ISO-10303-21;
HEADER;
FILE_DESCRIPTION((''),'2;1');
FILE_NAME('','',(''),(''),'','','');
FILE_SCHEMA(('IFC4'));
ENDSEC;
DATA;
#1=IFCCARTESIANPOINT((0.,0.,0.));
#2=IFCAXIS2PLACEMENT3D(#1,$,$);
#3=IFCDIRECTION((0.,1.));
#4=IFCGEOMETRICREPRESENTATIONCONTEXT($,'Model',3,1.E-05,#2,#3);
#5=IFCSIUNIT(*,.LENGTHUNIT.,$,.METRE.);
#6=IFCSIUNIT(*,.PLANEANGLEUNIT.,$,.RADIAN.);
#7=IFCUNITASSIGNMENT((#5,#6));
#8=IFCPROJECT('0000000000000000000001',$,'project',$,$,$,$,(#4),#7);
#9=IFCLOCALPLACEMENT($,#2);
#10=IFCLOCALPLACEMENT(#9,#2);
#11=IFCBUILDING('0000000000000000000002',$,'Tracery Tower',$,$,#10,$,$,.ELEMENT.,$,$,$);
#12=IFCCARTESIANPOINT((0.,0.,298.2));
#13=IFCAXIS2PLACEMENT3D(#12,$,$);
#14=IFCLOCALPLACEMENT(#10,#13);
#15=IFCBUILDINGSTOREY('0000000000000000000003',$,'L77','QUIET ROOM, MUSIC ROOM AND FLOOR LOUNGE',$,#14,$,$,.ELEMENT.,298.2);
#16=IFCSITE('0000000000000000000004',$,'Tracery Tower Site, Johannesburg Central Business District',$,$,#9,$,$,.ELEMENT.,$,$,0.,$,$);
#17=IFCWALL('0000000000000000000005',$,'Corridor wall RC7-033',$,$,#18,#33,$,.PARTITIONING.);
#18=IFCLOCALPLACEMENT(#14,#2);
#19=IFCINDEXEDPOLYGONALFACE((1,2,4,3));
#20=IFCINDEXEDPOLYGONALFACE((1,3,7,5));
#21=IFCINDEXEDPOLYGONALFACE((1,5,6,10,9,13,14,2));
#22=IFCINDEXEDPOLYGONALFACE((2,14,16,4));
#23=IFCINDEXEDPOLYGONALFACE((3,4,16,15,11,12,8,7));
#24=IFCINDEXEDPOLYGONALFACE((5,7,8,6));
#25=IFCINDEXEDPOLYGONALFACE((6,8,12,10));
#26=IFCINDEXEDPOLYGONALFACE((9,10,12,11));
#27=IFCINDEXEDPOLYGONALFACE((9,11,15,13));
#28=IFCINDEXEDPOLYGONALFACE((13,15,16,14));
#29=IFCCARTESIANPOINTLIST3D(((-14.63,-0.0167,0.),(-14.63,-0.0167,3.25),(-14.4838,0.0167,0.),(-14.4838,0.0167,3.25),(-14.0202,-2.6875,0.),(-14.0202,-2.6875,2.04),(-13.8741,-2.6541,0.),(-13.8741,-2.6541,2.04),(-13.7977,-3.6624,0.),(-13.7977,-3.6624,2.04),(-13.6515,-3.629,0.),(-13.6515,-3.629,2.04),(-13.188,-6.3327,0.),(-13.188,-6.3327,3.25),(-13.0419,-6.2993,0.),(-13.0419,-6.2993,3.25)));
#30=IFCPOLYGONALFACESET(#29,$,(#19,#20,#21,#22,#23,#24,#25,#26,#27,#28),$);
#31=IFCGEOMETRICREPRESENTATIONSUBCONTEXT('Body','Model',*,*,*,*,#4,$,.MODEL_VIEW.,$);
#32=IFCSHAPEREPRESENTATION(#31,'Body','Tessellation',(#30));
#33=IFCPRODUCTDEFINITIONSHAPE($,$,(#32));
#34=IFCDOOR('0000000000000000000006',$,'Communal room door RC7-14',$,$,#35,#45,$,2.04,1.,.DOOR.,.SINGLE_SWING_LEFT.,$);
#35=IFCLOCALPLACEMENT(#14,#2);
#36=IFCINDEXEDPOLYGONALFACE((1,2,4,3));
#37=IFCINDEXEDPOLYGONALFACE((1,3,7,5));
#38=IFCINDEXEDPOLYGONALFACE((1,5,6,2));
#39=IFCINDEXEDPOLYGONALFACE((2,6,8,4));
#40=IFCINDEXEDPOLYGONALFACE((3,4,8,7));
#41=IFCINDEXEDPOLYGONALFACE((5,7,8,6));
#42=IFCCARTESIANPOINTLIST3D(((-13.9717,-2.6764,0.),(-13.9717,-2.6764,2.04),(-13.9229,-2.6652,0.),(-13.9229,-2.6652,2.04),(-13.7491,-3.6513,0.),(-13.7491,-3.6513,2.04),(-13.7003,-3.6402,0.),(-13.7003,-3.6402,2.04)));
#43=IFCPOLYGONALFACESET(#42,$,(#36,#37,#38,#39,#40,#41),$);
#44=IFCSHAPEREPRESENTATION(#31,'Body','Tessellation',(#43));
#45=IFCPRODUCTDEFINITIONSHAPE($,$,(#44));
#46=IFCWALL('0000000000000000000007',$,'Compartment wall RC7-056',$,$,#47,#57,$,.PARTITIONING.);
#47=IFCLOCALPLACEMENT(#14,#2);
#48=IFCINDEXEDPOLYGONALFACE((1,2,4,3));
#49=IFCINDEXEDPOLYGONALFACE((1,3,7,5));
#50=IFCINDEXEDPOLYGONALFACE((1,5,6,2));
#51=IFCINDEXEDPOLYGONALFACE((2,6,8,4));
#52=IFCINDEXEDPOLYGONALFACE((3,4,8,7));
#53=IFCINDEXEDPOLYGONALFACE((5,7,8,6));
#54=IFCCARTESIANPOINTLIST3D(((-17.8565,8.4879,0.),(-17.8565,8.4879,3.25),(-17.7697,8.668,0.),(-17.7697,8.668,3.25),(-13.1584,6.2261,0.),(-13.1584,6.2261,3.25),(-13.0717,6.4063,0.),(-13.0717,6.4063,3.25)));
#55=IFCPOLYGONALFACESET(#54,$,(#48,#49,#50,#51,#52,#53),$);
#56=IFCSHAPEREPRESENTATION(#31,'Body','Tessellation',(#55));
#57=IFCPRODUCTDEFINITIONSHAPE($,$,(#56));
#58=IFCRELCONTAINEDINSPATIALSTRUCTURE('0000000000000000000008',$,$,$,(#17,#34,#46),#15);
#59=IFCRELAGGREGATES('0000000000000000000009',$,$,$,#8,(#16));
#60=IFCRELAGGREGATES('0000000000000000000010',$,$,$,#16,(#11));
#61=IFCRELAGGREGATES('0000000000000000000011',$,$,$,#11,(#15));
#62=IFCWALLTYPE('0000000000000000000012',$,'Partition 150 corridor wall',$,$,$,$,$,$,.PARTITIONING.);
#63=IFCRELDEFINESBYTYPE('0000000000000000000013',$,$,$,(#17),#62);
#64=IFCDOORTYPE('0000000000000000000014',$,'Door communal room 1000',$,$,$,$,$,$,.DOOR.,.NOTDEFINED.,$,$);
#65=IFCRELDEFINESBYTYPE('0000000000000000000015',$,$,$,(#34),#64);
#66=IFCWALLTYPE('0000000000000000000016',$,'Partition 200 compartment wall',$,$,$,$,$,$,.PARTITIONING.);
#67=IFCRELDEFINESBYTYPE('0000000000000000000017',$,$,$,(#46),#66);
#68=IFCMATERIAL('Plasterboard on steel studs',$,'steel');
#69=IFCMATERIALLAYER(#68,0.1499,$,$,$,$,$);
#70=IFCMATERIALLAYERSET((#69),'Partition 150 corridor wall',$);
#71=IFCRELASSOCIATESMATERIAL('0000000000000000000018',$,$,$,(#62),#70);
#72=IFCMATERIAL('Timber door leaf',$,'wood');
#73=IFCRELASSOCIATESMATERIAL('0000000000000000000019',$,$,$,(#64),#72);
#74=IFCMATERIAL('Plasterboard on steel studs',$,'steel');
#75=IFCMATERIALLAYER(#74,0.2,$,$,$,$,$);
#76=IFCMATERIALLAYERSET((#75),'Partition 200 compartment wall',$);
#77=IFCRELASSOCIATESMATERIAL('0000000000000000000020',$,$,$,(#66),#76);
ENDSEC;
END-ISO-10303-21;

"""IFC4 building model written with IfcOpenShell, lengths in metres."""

from ifc_helpers import new_model, si_unit, direction, frame, frame_2d, origin, place, context, subcontext, project, spatial, rectangle, extrude, material, layer, layer_set, type_object, element, fill, save


model = new_model("IFC4")

# Units and contexts
model_context = context("Model", 3, precision=1e-05, world=origin(), true_north=direction((0.0, 1.0)))
body_context = subcontext(model_context, "Body", "Model", "MODEL_VIEW")
ifc_project = project(units=[si_unit("LENGTHUNIT", "METRE"), si_unit("PLANEANGLEUNIT", "RADIAN")], contexts=[model_context])

# Site, building, storey
site_placement = place(None, origin())
site = spatial("IfcSite", under=ifc_project, at=site_placement, Name="Tracery Tower Site, Johannesburg Central Business District", CompositionType="ELEMENT", RefElevation=0.0)
building_placement = place(site_placement, origin())
building = spatial("IfcBuilding", under=site, at=building_placement, Name="Tracery Tower", CompositionType="ELEMENT")
storey_placement = place(building_placement, frame((0.0, 0.0, 298.2)))
storey = spatial("IfcBuildingStorey", under=building, at=storey_placement, Name="L77", Description="QUIET ROOM, MUSIC ROOM AND FLOOR LOUNGE", CompositionType="ELEMENT", Elevation=298.2)

# Wall, opening, door
ifc_material_1 = material(Name="Plasterboard on steel studs", Category="steel")
ifc_layer_1 = layer(ifc_material_1, 0.1499)
ifc_layer_set_1 = layer_set([ifc_layer_1], Name="Partition 150 corridor wall")
wall_type_1 = type_object("IfcWallType", Name="Partition 150 corridor wall", PredefinedType="PARTITIONING", material=ifc_layer_set_1)
wall_1_placement = place(storey_placement, frame((-14.5569, 0.0, 0.0), z_axis=(0.0, 0.0, 1.0), x_axis=(0.222569, -0.974917, 0.0)))
wall_1 = element("IfcWall", 1, at=wall_1_placement, inside=storey, type_object=wall_type_1, Name="Corridor wall RC7-033", PredefinedType="PARTITIONING", context=body_context, shape_type="SweptSolid", body=[
    extrude(rectangle(XDim=6.4785, YDim=0.1499, at=frame_2d((3.2393, 0.0))), origin(), (0.0, 0.0, 1.0), 3.25),
])
opening_1_placement = place(wall_1_placement, frame((2.7395, 0.0, 0.0)))
opening_1 = element("IfcOpeningElement", 2, at=opening_1_placement, cuts=wall_1, PredefinedType="OPENING", context=body_context, shape_type="SweptSolid", body=[
    extrude(rectangle(XDim=1.0, YDim=2.04, at=frame_2d((0.5, 1.02))), frame((0.0, 0.075, 0.0), z_axis=(0.0, -1.0, 0.0), x_axis=(1.0, 0.0, 0.0)), (0.0, 0.0, 1.0), 0.1499),
])
ifc_material_2 = material(Name="Timber door leaf", Category="wood")
door_type_1 = type_object("IfcDoorType", Name="Door communal room 1000", OperationType="NOTDEFINED", PredefinedType="DOOR", material=ifc_material_2)
door_1_placement = place(opening_1_placement, origin())
door_1 = element("IfcDoor", 3, at=door_1_placement, inside=storey, type_object=door_type_1, Name="Communal room door RC7-14", OperationType="SINGLE_SWING_LEFT", OverallHeight=2.04, OverallWidth=1.0, PredefinedType="DOOR", context=body_context, shape_type="SweptSolid", body=[
    extrude(rectangle(XDim=1.0, YDim=2.04, at=frame_2d((0.5, 1.02))), frame((0.0, 0.0249, 0.0), z_axis=(0.0, -1.0, 0.0), x_axis=(1.0, 0.0, 0.0)), (0.0, 0.0, 1.0), 0.05),
])
fill(opening_1, door_1)

# Wall
ifc_material_3 = material(Name="Plasterboard on steel studs", Category="steel")
ifc_layer_2 = layer(ifc_material_3, 0.2)
ifc_layer_set_2 = layer_set([ifc_layer_2], Name="Partition 200 compartment wall")
wall_type_2 = type_object("IfcWallType", Name="Partition 200 compartment wall", PredefinedType="PARTITIONING", material=ifc_layer_set_2)
wall_2_placement = place(storey_placement, frame((-17.813, 8.5779, 0.0), z_axis=(0.0, 0.0, 1.0), x_axis=(0.901023, -0.433772, 0.0)))
element("IfcWall", 4, at=wall_2_placement, inside=storey, type_object=wall_type_2, Name="Compartment wall RC7-056", PredefinedType="PARTITIONING", context=body_context, shape_type="SweptSolid", body=[
    extrude(rectangle(XDim=5.2141, YDim=0.2, at=frame_2d((2.6069, 0.0))), origin(), (0.0, 0.0, 1.0), 3.25),
])

save(model, "model.ifc")
